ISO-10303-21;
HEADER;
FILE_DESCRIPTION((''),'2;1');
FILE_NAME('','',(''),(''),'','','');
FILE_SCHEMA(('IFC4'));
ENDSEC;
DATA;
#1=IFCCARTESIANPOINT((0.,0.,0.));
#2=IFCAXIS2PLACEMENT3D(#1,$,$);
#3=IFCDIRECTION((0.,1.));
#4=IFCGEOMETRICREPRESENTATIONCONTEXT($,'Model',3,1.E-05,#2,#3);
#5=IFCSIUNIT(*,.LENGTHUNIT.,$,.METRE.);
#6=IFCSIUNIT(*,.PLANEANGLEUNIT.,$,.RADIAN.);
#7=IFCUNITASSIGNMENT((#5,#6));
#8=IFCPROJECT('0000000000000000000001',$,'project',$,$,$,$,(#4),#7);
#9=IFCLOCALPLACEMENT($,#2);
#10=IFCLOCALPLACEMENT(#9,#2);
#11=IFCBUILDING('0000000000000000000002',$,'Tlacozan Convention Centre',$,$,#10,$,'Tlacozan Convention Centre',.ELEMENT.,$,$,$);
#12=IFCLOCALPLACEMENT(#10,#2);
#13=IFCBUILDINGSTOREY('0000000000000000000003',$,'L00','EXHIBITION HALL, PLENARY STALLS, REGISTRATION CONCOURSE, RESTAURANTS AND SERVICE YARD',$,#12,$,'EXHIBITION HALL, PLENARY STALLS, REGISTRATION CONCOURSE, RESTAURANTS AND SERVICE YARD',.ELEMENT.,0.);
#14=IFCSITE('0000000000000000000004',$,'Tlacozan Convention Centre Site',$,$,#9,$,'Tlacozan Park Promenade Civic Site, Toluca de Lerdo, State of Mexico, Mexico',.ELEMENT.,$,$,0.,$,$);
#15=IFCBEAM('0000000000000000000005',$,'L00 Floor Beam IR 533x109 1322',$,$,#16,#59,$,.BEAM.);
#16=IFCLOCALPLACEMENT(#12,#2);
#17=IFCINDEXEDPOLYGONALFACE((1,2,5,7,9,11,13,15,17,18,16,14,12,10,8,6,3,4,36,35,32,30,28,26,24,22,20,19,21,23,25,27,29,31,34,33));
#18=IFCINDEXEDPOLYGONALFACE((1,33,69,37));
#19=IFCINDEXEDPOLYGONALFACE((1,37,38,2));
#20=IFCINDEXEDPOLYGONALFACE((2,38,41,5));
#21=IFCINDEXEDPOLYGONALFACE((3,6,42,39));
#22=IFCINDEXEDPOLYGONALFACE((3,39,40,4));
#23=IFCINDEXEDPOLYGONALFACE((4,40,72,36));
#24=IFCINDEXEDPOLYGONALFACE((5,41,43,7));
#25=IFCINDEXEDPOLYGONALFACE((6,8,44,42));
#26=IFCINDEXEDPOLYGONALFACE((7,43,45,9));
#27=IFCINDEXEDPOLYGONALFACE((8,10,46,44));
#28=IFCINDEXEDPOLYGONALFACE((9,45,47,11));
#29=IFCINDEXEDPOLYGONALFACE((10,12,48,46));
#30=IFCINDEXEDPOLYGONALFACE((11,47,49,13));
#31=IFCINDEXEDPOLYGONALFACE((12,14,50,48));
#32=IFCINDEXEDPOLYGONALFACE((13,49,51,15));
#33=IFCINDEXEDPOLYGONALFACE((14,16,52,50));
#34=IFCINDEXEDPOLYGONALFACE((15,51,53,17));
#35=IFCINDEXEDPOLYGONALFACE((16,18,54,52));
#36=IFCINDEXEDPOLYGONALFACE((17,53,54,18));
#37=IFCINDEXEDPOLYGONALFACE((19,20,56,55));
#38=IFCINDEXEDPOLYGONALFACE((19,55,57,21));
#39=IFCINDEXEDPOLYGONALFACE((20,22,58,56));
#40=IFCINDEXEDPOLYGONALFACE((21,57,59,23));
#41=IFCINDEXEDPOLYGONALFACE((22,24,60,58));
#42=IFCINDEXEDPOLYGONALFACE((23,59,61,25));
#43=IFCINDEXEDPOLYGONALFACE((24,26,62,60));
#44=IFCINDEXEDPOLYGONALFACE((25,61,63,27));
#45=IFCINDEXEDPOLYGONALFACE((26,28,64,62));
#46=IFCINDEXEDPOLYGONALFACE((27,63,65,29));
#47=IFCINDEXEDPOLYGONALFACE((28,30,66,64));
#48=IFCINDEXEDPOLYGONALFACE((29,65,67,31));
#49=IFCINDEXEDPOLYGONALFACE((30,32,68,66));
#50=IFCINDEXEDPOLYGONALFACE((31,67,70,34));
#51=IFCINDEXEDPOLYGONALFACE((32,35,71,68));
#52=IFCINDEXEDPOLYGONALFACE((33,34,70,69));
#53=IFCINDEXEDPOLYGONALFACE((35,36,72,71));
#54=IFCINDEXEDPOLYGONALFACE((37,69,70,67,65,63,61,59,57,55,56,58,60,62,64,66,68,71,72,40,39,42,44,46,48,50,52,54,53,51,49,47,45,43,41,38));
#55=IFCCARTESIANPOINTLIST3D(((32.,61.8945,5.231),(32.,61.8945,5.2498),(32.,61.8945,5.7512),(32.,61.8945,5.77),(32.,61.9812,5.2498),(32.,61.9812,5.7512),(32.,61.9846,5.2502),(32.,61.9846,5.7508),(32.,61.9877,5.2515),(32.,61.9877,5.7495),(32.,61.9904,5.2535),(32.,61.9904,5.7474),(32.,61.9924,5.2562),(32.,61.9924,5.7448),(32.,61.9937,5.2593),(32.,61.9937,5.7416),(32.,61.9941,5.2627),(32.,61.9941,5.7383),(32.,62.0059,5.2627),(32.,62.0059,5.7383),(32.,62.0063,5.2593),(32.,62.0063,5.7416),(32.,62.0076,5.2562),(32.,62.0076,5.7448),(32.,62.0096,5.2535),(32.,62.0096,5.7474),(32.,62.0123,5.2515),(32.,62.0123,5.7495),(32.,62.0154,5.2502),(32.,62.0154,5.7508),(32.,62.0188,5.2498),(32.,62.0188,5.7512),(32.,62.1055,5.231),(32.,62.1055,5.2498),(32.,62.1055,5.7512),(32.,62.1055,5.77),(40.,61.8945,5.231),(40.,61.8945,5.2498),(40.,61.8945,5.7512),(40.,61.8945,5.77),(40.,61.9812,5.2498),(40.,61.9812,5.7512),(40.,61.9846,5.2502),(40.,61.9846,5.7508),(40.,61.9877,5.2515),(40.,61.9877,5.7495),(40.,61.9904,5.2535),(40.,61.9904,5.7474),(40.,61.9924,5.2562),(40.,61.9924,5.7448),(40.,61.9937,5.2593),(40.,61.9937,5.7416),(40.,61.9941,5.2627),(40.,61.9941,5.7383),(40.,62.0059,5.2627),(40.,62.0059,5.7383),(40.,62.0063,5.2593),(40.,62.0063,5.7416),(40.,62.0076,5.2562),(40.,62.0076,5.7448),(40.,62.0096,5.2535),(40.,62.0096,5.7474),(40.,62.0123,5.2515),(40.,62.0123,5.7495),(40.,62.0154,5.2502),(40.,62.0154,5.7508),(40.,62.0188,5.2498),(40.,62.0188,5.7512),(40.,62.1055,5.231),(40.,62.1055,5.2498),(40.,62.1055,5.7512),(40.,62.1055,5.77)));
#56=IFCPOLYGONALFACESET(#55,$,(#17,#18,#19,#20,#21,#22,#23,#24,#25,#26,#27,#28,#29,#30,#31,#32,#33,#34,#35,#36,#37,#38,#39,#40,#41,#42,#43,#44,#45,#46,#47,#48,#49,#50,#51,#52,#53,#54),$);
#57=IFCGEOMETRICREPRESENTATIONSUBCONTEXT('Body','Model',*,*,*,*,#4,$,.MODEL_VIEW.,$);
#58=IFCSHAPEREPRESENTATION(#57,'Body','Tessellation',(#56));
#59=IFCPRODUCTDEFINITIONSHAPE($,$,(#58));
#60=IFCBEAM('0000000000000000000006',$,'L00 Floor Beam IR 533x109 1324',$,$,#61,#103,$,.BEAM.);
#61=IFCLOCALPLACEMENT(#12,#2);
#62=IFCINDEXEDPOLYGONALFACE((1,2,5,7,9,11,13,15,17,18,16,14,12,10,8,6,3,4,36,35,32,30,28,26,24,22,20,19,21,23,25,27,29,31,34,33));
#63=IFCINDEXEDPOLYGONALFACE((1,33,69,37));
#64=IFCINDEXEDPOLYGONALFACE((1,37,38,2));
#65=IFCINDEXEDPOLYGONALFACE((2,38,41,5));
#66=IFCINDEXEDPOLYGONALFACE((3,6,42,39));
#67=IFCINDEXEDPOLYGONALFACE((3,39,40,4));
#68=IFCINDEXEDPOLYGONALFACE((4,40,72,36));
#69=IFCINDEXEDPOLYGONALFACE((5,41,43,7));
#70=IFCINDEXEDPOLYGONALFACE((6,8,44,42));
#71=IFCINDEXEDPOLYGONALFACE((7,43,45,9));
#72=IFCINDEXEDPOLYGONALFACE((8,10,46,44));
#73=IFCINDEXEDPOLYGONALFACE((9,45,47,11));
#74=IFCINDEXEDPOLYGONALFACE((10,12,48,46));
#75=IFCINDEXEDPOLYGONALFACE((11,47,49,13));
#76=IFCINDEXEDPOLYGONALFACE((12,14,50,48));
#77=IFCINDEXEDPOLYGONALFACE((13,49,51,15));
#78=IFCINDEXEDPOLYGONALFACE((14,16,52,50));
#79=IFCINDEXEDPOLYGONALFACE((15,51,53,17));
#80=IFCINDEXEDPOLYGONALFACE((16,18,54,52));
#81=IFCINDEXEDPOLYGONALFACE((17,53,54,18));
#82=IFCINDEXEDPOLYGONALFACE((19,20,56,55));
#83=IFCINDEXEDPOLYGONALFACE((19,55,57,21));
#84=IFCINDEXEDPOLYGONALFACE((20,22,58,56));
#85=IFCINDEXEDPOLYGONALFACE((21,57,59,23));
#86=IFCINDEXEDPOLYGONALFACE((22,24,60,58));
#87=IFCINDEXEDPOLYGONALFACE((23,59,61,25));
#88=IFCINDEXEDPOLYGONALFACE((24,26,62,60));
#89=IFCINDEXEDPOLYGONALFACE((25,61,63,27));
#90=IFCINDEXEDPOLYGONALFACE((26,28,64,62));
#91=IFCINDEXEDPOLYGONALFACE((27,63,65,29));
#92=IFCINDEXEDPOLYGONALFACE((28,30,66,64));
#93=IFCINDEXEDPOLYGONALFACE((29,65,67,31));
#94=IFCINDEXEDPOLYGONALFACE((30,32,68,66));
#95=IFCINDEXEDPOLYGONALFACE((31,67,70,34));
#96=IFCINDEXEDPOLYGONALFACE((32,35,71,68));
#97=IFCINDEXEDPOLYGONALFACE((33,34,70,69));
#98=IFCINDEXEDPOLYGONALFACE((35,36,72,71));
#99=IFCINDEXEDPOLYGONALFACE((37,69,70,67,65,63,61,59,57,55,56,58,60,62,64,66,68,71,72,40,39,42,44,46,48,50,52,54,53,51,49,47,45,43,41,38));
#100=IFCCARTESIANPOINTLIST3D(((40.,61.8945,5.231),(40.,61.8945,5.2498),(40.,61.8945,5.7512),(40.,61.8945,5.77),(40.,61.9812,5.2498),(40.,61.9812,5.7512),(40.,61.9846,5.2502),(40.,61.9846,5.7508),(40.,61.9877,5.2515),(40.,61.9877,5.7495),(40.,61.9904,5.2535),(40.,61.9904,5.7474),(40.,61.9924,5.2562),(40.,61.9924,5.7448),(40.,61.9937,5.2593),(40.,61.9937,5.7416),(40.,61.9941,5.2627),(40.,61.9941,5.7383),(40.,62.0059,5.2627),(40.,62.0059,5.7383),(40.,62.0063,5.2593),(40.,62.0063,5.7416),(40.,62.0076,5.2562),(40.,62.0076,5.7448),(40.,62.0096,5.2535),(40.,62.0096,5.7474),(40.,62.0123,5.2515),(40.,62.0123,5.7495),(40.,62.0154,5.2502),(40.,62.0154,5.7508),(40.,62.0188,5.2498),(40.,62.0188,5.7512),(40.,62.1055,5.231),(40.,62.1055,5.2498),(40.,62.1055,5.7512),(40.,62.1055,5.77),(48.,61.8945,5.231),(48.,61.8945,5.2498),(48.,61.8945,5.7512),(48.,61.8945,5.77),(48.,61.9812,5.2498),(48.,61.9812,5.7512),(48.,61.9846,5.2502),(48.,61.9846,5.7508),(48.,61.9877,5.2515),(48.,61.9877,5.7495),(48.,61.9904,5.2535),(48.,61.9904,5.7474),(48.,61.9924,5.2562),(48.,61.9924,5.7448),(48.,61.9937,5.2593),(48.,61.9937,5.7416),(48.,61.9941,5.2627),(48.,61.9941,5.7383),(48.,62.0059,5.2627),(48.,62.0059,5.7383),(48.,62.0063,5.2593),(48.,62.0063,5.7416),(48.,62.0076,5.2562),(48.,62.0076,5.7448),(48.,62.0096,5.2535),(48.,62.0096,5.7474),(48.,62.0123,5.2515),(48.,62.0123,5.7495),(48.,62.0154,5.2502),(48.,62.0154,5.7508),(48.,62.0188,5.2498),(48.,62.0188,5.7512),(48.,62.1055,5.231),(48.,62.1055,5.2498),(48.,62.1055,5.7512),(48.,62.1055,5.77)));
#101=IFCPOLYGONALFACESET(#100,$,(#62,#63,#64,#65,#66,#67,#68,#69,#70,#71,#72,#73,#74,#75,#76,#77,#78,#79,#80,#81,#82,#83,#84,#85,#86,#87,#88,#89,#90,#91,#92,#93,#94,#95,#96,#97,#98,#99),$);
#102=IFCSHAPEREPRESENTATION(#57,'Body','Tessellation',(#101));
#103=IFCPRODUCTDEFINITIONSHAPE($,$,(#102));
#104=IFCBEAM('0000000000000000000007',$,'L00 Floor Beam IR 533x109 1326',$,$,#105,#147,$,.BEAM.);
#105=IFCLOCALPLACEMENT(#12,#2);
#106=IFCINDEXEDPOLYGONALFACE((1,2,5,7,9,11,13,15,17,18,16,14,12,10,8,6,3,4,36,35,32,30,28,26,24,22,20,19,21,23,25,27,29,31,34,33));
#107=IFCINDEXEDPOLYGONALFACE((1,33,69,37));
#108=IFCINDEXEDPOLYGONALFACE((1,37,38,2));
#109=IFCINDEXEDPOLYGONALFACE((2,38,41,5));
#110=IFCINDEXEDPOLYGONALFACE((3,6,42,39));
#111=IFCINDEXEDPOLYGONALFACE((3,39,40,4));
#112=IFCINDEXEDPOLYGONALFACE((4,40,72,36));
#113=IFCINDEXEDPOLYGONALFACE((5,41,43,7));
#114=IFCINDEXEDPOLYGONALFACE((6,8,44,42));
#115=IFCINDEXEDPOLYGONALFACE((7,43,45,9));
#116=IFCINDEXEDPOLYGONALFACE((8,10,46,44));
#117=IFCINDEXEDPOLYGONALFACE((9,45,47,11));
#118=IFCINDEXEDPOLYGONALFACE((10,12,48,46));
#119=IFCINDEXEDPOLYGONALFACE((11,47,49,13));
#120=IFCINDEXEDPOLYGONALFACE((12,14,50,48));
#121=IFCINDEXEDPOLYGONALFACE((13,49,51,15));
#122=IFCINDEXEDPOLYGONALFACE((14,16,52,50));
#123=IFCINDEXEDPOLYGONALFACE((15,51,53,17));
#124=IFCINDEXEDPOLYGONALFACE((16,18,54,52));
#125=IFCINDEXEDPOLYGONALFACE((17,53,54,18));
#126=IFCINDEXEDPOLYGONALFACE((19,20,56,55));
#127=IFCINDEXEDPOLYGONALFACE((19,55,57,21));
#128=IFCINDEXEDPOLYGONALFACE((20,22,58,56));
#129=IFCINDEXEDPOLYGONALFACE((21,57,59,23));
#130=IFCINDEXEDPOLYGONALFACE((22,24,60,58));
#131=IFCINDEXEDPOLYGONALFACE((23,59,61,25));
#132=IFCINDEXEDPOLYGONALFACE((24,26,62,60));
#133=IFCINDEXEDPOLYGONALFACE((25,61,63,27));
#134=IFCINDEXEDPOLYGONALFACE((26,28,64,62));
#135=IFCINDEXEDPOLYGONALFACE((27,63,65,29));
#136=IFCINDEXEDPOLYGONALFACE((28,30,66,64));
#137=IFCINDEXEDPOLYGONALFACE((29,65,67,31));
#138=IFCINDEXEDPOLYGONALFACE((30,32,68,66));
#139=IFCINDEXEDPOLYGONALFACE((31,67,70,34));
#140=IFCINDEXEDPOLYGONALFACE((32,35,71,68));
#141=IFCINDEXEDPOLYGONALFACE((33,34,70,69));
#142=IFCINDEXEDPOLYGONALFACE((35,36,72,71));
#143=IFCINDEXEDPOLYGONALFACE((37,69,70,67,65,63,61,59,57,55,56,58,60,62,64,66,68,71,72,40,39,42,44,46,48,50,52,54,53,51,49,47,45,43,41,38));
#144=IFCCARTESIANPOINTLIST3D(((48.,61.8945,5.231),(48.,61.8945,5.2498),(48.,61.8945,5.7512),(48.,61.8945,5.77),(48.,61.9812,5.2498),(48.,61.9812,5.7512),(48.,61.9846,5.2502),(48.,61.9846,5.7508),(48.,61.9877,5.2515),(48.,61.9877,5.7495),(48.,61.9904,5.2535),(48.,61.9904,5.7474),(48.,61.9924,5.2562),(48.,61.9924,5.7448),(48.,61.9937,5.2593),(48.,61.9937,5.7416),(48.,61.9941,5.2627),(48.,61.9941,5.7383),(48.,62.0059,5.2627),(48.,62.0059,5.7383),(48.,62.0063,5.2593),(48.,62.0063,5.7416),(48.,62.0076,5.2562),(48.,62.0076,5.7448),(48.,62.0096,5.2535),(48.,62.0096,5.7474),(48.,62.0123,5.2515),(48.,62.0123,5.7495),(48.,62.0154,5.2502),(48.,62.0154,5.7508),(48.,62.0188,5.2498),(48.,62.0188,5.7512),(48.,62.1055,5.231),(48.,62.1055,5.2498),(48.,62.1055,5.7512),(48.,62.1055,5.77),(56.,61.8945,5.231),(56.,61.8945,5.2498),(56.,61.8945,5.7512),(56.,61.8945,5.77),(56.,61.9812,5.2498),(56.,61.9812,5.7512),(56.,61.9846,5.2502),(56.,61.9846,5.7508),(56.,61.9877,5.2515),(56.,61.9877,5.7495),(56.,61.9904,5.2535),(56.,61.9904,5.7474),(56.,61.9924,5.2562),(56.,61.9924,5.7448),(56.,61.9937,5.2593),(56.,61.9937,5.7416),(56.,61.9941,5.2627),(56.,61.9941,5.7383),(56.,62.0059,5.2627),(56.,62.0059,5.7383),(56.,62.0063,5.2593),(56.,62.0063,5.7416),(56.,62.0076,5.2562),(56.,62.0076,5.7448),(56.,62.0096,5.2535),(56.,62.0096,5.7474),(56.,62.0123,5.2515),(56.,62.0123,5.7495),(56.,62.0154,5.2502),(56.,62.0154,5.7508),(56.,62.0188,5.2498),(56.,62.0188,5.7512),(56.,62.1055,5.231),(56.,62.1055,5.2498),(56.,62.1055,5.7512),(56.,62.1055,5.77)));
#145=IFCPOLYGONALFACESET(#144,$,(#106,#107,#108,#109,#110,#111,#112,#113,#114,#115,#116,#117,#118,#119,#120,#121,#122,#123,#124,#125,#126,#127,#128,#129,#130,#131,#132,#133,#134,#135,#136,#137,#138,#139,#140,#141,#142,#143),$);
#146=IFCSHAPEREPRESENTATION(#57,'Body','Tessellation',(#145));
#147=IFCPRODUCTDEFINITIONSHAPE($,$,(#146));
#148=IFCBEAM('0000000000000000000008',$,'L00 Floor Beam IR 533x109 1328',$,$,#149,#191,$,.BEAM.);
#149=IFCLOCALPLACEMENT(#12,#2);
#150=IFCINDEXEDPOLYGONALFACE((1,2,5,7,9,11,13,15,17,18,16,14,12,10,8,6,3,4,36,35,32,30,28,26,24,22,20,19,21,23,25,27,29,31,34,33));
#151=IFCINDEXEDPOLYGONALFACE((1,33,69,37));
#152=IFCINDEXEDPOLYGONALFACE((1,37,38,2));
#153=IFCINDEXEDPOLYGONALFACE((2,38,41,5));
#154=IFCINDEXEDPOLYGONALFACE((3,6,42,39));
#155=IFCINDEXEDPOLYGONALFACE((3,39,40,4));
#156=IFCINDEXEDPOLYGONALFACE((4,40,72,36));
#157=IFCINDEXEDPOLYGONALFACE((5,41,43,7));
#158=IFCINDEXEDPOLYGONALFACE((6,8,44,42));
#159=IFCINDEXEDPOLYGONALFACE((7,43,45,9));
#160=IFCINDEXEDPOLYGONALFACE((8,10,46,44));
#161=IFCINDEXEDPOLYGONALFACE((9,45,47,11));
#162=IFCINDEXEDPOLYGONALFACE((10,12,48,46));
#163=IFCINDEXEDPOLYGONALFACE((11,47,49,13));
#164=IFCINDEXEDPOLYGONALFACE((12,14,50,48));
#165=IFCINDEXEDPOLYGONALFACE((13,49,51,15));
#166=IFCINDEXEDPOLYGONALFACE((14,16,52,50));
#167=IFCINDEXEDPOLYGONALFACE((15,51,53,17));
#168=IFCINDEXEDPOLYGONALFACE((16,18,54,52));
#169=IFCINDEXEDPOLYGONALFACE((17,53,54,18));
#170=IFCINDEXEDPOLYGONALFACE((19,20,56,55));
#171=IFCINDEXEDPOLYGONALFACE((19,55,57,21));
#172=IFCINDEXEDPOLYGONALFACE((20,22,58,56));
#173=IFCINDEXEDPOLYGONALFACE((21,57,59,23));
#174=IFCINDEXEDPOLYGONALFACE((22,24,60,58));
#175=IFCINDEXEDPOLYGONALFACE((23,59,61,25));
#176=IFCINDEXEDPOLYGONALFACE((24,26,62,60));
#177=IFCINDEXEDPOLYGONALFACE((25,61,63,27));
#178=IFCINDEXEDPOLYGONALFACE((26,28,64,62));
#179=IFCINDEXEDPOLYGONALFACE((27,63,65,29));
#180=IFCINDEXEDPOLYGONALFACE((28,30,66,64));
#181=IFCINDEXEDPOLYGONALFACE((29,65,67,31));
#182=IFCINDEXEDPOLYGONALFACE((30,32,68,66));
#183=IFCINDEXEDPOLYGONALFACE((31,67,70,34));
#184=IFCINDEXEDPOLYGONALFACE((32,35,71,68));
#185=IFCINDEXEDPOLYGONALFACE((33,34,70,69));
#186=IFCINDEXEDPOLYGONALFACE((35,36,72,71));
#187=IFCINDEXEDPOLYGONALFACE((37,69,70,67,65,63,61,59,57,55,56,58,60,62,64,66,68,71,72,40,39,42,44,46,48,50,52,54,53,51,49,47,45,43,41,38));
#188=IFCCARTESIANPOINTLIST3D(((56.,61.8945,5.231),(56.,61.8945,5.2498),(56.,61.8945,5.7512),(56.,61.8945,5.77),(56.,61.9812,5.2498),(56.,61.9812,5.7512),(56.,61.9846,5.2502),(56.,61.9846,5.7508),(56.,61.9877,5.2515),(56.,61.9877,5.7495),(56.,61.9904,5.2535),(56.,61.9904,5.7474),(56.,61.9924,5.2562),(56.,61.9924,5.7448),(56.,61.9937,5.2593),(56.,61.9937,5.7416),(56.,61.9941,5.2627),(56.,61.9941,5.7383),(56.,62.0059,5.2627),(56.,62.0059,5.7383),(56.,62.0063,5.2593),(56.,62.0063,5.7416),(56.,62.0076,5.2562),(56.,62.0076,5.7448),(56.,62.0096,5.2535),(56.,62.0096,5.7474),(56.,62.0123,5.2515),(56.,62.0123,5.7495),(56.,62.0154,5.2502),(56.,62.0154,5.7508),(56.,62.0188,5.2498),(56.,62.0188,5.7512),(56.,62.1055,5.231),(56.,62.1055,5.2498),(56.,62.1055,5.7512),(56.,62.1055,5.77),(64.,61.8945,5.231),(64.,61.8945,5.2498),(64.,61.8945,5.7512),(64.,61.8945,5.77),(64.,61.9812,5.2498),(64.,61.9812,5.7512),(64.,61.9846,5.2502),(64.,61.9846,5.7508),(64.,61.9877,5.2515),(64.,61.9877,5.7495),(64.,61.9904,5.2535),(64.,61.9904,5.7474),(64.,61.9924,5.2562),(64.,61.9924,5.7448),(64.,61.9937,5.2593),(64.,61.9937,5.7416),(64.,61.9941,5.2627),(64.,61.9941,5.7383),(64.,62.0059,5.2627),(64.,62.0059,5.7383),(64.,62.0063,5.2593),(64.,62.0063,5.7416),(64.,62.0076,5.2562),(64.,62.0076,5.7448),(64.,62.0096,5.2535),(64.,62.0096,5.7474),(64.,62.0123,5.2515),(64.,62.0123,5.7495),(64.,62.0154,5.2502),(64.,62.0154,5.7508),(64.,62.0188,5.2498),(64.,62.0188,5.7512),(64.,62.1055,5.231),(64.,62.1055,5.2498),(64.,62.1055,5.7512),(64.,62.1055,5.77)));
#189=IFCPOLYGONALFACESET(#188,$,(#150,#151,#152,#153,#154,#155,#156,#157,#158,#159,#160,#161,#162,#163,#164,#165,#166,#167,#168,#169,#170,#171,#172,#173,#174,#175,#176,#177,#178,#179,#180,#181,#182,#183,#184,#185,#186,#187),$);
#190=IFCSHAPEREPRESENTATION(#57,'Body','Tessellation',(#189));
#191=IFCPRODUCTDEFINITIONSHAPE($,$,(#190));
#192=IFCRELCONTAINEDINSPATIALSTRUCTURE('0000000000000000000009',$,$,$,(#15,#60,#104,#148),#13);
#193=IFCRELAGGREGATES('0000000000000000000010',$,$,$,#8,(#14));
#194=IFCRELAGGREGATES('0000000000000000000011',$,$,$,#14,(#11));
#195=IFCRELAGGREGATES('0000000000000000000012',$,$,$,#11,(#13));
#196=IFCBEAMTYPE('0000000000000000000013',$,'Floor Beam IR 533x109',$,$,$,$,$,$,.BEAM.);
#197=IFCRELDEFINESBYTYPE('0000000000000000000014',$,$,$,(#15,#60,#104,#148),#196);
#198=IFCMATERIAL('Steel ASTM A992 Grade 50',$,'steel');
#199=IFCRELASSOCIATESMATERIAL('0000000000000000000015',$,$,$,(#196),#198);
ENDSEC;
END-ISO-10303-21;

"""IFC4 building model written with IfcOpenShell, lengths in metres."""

from ifc_helpers import new_model, si_unit, direction, frame, origin, origin_2d, place, context, subcontext, project, spatial, i_section, extrude, material, material_profile, profile_set, type_object, element, save


model = new_model("IFC4")

# Units and contexts
model_context = context("Model", 3, precision=1e-05, world=origin(), true_north=direction((0.0, 1.0)))
body_context = subcontext(model_context, "Body", "Model", "MODEL_VIEW")
ifc_project = project(units=[si_unit("LENGTHUNIT", "METRE"), si_unit("PLANEANGLEUNIT", "RADIAN")], contexts=[model_context])

# Site, building, storey
site_placement = place(None, origin())
site = spatial("IfcSite", under=ifc_project, at=site_placement, Name="Tlacozan Convention Centre Site", LongName="Tlacozan Park Promenade Civic Site, Toluca de Lerdo, State of Mexico, Mexico", CompositionType="ELEMENT", RefElevation=0.0)
building_placement = place(site_placement, origin())
building = spatial("IfcBuilding", under=site, at=building_placement, Name="Tlacozan Convention Centre", LongName="Tlacozan Convention Centre", CompositionType="ELEMENT")
storey_placement = place(building_placement, origin())
storey = spatial("IfcBuildingStorey", under=building, at=storey_placement, Name="L00", Description="EXHIBITION HALL, PLENARY STALLS, REGISTRATION CONCOURSE, RESTAURANTS AND SERVICE YARD", LongName="EXHIBITION HALL, PLENARY STALLS, REGISTRATION CONCOURSE, RESTAURANTS AND SERVICE YARD", CompositionType="ELEMENT", Elevation=0.0)

# Shared definitions
ifc_material_1 = material(Name="Steel ASTM A992 Grade 50", Category="steel")

# Beams
ifc_material_profile_1 = material_profile(ifc_material_1, i_section(OverallWidth=0.2109, OverallDepth=0.5391, WebThickness=0.0117, FlangeThickness=0.0188, FilletRadius=0.0129, at=origin_2d()), Name="IR 533x109.0")
ifc_profile_set_1 = profile_set([ifc_material_profile_1], Name="Steel ASTM A992 Grade 50")
beam_type_1 = type_object("IfcBeamType", Name="Floor Beam IR 533x109", PredefinedType="BEAM", material=ifc_profile_set_1)
for number, where, z_axis, x_axis, name in (
    (1, (32.0, 62.0, 5.5005), (1.0, 0.0, 0.0), (0.0, 1.0, 0.0), "L00 Floor Beam IR 533x109 1322"),
    (2, (40.0, 62.0, 5.5005), (1.0, 0.0, 0.0), (0.0, 1.0, 0.0), "L00 Floor Beam IR 533x109 1324"),
    (3, (48.0, 62.0, 5.5005), (1.0, 0.0, 0.0), (0.0, 1.0, 0.0), "L00 Floor Beam IR 533x109 1326"),
    (4, (56.0, 62.0, 5.5005), (1.0, 0.0, 0.0), (0.0, 1.0, 0.0), "L00 Floor Beam IR 533x109 1328"),
):
    element("IfcBeam", number, at=place(storey_placement, frame(where, z_axis=z_axis, x_axis=x_axis)), inside=storey, type_object=beam_type_1, Name=name, PredefinedType="BEAM", context=body_context, shape_type="SweptSolid", body=[
        extrude(i_section(OverallWidth=0.2109, OverallDepth=0.5391, WebThickness=0.0117, FlangeThickness=0.0188, FilletRadius=0.0129, at=origin_2d()), origin(), (0.0, 0.0, 1.0), 8.0),
    ])

save(model, "model.ifc")
